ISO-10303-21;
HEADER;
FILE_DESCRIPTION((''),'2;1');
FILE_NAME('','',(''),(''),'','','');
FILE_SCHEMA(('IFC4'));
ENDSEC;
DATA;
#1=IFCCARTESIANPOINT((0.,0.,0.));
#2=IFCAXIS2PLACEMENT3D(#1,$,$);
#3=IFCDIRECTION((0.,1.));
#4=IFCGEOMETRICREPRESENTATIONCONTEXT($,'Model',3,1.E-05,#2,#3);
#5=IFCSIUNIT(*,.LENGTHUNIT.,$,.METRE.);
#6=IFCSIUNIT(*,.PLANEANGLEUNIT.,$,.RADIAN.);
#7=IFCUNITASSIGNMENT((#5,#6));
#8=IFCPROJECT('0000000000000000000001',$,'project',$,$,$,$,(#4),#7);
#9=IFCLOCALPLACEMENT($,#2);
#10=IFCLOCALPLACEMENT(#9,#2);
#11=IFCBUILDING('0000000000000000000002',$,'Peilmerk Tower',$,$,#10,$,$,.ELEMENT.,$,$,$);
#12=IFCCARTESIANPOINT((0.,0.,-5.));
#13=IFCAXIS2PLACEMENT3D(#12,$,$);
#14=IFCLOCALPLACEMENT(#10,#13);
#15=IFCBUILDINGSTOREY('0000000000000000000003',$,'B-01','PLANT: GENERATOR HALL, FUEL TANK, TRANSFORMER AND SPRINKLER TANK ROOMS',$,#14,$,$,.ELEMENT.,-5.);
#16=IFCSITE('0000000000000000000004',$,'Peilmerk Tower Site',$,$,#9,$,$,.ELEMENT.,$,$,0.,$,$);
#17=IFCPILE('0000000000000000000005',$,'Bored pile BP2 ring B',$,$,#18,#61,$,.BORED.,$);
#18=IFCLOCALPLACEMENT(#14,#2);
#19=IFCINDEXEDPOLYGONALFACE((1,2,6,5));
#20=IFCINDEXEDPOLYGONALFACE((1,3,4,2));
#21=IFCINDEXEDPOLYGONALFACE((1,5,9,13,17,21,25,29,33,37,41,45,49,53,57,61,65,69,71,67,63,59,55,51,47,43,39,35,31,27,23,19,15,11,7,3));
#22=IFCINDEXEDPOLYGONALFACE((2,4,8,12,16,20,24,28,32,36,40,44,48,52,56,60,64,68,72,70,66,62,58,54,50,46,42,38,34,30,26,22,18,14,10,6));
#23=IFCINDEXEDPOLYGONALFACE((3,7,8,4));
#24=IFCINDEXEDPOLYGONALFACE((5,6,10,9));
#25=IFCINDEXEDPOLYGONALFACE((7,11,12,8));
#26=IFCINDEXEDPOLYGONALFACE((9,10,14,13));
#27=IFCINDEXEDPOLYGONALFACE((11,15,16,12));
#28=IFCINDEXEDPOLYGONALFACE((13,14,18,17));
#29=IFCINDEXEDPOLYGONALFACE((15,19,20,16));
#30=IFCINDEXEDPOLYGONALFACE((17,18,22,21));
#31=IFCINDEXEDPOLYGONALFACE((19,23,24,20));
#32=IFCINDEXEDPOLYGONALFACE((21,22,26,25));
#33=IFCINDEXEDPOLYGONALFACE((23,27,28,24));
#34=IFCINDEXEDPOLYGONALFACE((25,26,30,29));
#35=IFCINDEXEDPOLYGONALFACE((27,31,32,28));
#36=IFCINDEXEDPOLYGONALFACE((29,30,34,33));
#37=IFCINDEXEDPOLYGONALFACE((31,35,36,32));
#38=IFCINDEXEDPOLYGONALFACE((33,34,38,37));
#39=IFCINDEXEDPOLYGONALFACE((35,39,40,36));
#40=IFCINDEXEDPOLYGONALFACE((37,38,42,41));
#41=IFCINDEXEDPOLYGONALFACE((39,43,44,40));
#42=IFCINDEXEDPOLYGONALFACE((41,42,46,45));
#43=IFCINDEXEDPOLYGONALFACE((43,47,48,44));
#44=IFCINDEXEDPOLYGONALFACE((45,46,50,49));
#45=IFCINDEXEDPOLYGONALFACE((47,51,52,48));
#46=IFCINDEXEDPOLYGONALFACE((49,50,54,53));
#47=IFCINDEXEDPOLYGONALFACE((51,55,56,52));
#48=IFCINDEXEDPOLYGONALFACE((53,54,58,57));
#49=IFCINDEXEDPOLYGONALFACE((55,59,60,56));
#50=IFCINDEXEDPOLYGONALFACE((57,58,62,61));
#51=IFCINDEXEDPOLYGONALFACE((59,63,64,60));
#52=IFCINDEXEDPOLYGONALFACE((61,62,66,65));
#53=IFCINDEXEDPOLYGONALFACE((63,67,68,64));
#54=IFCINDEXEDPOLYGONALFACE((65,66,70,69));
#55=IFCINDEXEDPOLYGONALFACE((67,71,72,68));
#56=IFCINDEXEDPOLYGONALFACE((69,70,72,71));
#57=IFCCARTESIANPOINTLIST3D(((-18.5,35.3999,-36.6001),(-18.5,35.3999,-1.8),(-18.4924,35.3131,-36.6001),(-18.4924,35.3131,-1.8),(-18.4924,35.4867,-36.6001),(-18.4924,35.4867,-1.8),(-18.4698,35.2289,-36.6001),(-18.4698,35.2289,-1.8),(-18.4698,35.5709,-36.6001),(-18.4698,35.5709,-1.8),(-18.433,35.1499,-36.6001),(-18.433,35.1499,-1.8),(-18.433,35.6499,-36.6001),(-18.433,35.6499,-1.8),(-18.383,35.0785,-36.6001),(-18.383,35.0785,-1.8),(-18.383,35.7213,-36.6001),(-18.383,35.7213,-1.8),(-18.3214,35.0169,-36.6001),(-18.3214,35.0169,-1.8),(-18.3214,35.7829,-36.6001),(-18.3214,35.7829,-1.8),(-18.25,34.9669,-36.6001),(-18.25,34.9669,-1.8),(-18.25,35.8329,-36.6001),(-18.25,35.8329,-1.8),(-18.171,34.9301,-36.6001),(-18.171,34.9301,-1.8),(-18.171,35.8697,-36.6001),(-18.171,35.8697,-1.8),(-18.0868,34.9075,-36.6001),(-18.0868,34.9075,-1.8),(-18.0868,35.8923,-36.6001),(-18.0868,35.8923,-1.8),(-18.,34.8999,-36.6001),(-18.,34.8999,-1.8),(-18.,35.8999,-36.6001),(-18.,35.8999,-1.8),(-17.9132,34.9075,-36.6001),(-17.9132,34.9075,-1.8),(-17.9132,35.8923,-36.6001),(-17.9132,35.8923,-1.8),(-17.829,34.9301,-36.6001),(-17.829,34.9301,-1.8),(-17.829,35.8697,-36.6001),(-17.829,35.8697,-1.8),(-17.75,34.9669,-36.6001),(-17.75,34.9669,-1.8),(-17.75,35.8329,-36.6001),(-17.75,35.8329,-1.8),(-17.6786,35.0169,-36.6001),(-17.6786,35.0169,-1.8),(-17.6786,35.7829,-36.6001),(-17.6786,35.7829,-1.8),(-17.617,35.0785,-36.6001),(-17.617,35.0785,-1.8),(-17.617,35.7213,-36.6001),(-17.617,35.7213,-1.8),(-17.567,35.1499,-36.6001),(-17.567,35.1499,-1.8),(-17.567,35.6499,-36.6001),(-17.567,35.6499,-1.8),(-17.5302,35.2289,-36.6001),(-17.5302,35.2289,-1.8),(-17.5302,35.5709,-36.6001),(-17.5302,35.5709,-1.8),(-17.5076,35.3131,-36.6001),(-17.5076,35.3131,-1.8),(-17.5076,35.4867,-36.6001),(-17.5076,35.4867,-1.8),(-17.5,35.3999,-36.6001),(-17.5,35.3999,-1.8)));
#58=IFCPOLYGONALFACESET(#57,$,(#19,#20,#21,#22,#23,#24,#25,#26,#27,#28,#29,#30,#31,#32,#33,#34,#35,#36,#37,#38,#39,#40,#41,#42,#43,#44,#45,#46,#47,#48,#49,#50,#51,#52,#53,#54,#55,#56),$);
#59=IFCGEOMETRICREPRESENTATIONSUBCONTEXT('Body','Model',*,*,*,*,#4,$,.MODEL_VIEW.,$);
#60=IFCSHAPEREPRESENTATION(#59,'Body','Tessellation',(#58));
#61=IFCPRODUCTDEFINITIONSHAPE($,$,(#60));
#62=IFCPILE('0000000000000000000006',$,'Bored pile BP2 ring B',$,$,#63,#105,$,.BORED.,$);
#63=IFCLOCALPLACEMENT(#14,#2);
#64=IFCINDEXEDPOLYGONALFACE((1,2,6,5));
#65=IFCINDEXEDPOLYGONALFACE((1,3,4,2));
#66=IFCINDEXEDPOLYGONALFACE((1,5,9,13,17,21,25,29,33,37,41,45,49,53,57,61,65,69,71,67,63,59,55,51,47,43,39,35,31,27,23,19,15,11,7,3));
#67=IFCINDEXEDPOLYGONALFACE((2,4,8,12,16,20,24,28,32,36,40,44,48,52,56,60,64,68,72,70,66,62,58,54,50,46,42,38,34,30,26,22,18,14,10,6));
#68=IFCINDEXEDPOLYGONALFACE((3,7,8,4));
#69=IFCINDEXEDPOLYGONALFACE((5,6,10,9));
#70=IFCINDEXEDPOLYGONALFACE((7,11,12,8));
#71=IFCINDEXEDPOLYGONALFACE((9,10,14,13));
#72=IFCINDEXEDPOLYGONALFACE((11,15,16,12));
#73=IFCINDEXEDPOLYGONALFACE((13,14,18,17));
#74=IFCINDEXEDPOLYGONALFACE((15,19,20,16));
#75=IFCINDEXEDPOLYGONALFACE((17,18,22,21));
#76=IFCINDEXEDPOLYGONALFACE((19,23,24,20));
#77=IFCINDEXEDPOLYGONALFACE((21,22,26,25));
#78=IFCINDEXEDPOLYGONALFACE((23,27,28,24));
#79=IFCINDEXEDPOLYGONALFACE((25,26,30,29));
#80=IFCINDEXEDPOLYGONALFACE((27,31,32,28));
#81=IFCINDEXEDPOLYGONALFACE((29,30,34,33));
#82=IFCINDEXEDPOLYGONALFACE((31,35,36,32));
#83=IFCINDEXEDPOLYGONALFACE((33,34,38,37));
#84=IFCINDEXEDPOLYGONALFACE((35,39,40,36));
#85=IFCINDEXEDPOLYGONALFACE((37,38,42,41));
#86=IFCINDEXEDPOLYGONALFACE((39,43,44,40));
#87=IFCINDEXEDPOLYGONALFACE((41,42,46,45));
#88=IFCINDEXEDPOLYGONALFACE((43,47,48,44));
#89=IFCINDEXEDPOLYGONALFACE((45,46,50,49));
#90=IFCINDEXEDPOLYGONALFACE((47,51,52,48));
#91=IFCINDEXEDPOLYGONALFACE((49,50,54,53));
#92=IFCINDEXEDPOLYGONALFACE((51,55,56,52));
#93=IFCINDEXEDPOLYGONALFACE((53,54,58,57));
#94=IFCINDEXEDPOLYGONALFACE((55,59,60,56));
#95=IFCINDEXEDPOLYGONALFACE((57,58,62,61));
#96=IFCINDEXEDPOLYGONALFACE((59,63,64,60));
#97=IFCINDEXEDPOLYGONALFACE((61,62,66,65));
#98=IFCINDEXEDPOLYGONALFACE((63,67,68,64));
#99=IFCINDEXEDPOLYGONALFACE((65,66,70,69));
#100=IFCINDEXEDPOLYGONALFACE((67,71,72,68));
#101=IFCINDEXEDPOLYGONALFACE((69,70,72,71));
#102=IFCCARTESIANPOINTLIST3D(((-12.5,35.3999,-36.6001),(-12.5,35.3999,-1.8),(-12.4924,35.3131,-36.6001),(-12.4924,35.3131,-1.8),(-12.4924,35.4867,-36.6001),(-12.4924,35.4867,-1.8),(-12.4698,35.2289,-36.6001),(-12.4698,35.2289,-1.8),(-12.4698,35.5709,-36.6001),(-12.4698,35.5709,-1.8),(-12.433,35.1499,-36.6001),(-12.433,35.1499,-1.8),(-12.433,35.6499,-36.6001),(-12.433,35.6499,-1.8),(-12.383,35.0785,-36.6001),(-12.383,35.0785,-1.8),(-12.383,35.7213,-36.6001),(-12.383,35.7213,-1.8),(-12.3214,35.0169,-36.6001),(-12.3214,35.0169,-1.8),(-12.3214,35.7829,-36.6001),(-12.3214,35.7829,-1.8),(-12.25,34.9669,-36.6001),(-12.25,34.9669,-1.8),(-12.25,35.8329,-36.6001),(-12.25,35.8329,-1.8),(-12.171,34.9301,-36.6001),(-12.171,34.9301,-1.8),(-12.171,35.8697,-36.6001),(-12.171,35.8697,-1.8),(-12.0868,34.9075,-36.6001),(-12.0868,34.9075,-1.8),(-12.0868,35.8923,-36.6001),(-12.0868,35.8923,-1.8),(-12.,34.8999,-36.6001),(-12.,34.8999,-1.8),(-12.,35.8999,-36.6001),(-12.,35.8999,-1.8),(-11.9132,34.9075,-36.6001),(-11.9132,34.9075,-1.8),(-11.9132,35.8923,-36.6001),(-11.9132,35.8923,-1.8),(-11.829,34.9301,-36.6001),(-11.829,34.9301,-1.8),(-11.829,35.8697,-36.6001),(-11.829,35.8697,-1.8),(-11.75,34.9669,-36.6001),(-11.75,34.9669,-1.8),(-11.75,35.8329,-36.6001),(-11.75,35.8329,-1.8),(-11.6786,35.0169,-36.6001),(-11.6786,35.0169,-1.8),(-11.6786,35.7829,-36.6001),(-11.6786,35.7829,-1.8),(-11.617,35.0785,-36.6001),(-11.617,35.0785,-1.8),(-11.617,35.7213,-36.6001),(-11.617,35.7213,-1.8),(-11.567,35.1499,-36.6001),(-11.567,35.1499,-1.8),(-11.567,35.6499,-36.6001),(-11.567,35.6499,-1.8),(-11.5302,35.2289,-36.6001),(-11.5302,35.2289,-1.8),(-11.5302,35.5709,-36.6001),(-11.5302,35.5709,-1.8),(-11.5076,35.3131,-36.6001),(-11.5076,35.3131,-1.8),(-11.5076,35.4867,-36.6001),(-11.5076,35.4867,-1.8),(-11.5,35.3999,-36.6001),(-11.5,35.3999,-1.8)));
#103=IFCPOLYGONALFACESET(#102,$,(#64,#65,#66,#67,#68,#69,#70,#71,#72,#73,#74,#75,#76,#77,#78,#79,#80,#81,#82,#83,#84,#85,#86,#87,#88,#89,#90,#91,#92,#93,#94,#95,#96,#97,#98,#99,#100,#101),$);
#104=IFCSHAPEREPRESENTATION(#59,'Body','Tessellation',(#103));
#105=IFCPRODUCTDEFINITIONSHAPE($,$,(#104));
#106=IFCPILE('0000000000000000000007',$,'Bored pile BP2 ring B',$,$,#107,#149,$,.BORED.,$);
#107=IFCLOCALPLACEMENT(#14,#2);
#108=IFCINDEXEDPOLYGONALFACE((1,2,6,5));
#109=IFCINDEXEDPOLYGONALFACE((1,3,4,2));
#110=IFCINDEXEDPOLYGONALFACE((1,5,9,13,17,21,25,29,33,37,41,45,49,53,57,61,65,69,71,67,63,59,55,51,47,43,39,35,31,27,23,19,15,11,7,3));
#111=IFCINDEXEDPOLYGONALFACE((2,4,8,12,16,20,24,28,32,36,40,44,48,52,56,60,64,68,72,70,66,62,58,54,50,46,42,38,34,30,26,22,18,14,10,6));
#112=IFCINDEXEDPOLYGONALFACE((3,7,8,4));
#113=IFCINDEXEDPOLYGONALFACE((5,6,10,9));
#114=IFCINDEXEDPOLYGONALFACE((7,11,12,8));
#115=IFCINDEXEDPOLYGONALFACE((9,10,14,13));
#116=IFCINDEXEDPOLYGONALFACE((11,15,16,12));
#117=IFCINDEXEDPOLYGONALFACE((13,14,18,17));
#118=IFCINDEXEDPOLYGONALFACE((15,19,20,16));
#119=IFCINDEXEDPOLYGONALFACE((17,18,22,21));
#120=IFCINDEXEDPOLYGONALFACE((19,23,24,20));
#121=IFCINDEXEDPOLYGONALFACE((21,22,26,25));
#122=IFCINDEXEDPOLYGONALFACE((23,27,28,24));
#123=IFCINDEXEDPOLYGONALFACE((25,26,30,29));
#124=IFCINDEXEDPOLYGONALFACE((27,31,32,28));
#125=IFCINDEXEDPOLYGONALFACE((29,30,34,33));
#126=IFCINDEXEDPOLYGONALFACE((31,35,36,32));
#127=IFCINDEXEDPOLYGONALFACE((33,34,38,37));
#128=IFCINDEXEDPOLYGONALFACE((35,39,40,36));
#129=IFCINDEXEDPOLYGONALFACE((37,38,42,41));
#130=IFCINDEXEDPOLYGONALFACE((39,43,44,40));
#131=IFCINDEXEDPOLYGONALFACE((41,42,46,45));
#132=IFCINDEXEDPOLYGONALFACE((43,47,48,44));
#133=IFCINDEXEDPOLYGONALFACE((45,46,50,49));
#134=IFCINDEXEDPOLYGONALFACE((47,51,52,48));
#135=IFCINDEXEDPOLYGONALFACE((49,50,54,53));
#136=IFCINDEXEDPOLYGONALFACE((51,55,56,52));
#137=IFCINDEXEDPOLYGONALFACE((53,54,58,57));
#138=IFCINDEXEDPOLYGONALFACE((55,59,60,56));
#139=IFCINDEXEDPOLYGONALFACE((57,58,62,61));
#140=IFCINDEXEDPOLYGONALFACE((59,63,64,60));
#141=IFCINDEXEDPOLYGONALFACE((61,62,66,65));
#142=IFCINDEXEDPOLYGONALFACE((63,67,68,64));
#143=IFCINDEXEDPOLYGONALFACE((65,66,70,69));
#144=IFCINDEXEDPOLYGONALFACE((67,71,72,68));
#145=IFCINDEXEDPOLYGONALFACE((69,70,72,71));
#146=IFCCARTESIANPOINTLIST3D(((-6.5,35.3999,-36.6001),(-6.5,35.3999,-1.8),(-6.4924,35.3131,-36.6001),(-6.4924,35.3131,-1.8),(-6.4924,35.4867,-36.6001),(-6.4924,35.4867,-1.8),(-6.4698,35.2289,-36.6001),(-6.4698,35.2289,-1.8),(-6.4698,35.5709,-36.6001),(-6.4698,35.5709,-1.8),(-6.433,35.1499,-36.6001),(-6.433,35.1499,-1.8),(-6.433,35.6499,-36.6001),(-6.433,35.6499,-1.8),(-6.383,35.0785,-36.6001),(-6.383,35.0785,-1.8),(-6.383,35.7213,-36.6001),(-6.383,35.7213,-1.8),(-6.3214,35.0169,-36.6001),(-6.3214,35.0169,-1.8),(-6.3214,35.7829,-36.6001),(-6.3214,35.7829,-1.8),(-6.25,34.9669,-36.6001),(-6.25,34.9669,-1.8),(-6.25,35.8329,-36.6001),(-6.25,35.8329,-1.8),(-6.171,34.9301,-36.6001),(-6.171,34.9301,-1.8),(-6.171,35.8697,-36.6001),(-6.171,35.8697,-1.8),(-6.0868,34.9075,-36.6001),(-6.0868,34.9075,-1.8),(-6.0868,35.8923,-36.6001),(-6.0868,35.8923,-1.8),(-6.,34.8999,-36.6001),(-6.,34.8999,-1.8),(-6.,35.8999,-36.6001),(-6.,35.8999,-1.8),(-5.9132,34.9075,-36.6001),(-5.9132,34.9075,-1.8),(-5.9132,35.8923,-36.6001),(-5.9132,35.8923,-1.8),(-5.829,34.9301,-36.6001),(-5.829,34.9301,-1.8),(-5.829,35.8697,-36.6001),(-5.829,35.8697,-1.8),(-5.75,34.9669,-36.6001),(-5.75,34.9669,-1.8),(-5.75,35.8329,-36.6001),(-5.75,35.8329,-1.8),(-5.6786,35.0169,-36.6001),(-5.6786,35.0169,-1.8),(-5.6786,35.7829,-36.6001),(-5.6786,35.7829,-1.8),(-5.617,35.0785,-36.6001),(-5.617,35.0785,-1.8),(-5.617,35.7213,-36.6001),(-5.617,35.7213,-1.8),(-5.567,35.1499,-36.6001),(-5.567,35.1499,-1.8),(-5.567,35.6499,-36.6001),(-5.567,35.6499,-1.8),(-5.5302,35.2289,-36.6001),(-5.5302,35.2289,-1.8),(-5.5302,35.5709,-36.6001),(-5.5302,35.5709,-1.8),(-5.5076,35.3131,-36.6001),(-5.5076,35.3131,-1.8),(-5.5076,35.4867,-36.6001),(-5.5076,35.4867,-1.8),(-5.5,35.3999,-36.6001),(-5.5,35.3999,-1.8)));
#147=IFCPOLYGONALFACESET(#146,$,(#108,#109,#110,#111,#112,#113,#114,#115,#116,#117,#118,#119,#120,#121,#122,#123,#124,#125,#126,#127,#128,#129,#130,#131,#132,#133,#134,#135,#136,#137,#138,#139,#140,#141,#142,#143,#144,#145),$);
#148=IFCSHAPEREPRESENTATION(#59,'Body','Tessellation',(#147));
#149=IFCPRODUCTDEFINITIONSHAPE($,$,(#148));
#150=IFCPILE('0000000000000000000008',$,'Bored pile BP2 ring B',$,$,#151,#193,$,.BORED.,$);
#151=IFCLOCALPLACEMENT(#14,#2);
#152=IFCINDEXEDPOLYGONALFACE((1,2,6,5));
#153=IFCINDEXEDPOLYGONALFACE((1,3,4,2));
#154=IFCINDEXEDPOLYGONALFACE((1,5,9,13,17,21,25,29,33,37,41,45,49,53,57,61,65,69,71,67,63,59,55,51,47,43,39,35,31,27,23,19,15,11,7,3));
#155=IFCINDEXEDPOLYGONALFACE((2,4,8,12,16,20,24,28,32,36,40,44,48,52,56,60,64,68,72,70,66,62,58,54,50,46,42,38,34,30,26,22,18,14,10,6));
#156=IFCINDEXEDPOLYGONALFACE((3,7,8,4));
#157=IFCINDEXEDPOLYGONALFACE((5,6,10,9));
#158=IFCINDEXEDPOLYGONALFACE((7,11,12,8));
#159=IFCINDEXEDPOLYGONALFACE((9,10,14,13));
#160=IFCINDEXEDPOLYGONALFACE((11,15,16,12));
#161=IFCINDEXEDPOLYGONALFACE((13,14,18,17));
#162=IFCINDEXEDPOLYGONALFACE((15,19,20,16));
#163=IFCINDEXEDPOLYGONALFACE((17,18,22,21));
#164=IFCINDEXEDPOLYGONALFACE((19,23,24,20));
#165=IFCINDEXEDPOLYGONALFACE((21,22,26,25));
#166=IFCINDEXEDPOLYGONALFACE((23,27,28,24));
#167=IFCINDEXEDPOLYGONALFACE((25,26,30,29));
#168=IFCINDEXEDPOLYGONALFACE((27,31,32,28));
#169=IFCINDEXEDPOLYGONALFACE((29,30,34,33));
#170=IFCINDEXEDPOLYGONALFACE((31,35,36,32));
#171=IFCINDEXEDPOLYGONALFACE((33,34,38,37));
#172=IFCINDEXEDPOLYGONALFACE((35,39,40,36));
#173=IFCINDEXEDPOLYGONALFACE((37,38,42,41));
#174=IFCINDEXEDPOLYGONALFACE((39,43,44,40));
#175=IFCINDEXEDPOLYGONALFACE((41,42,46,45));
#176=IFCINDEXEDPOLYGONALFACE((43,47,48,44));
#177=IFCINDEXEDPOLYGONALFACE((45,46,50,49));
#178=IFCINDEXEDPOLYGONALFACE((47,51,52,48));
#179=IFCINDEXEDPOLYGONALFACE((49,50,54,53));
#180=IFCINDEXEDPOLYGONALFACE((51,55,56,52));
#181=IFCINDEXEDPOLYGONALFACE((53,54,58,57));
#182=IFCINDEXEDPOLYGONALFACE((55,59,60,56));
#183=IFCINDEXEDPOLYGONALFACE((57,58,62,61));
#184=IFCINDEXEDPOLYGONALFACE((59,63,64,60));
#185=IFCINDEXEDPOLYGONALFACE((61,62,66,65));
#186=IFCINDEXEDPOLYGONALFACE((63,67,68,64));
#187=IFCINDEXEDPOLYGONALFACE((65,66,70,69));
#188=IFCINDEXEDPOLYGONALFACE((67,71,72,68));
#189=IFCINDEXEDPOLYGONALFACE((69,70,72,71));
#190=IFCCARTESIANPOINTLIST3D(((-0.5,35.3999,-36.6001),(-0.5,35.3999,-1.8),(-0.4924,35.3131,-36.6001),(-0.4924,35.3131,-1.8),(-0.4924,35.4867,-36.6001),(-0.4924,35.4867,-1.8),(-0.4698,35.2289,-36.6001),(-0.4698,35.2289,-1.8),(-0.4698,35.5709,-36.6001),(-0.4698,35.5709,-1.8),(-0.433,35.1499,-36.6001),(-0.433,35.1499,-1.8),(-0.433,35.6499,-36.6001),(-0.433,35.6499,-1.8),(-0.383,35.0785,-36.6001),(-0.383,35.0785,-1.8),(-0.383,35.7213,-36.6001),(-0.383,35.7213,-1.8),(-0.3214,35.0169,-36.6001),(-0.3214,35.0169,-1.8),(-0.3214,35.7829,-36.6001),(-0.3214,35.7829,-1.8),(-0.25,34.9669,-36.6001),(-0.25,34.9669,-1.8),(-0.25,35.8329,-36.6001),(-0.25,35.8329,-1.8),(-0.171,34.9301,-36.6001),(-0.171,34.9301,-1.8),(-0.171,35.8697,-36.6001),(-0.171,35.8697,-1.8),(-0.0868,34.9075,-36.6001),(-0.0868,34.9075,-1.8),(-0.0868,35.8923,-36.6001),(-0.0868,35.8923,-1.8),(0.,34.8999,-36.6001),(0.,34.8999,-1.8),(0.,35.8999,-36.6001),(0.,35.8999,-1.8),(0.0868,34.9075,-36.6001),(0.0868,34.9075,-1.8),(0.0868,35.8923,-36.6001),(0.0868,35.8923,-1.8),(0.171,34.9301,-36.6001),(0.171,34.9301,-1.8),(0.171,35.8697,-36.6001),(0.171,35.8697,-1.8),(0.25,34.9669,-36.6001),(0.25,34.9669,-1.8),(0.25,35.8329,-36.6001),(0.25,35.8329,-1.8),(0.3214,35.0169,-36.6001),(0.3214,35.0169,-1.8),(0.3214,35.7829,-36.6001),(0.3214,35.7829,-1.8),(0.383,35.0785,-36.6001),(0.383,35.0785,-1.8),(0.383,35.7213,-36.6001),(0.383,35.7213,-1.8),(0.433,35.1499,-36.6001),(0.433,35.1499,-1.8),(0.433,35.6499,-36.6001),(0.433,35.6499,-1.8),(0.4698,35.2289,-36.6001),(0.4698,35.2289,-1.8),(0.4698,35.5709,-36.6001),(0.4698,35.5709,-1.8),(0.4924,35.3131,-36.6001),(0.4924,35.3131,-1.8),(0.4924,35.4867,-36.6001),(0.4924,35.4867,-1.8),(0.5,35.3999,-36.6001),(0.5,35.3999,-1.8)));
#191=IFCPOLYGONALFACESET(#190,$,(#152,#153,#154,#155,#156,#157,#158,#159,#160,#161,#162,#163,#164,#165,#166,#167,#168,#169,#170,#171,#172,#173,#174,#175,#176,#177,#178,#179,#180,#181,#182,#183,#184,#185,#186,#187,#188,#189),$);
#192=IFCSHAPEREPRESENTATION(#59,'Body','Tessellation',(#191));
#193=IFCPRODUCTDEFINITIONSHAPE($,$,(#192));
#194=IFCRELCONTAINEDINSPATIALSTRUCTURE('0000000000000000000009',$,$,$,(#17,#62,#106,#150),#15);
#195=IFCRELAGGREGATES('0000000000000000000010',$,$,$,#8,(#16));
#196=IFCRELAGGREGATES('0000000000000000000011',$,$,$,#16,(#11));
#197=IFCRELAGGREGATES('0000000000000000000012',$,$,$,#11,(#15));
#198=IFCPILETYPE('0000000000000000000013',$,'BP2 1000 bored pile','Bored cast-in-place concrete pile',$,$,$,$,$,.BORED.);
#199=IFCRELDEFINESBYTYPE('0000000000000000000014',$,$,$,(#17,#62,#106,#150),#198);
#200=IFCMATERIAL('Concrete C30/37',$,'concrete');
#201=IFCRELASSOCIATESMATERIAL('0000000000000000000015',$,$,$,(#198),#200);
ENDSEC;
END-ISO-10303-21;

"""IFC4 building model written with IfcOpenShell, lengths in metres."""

from ifc_helpers import new_model, si_unit, direction, frame, origin, origin_2d, place, context, subcontext, project, spatial, circle, extrude, material, material_profile, profile_set, type_object, element, save


model = new_model("IFC4")

# Units and contexts
model_context = context("Model", 3, precision=1e-05, world=origin(), true_north=direction((0.0, 1.0)))
body_context = subcontext(model_context, "Body", "Model", "MODEL_VIEW")
ifc_project = project(units=[si_unit("LENGTHUNIT", "METRE"), si_unit("PLANEANGLEUNIT", "RADIAN")], contexts=[model_context])

# Site, building, storey
site_placement = place(None, origin())
site = spatial("IfcSite", under=ifc_project, at=site_placement, Name="Peilmerk Tower Site", CompositionType="ELEMENT", RefElevation=0.0)
building_placement = place(site_placement, origin())
building = spatial("IfcBuilding", under=site, at=building_placement, Name="Peilmerk Tower", CompositionType="ELEMENT")
storey_placement = place(building_placement, frame((0.0, 0.0, -5.0)))
storey = spatial("IfcBuildingStorey", under=building, at=storey_placement, Name="B-01", Description="PLANT: GENERATOR HALL, FUEL TANK, TRANSFORMER AND SPRINKLER TANK ROOMS", CompositionType="ELEMENT", Elevation=-5.0)

# Piles
ifc_material_1 = material(Name="Concrete C30/37", Category="concrete")
ifc_material_profile_1 = material_profile(ifc_material_1, circle(Radius=0.5, at=origin_2d()), Name="BP 1000")
ifc_profile_set_1 = profile_set([ifc_material_profile_1], Name="Concrete C30/37")
pile_type = type_object("IfcPileType", Name="BP2 1000 bored pile", Description="Bored cast-in-place concrete pile", PredefinedType="BORED", material=ifc_profile_set_1)
for number, where, z_axis, x_axis, name in (
    (1, (-18.0, 35.3999, -1.8), (0.0, 0.0, -1.0), (1.0, 0.0, 0.0), "Bored pile BP2 ring B"),
    (2, (-12.0, 35.3999, -1.8), (0.0, 0.0, -1.0), (1.0, 0.0, 0.0), "Bored pile BP2 ring B"),
    (3, (-6.0, 35.3999, -1.8), (0.0, 0.0, -1.0), (1.0, 0.0, 0.0), "Bored pile BP2 ring B"),
    (4, (0.0, 35.3999, -1.8), (0.0, 0.0, -1.0), (1.0, 0.0, 0.0), "Bored pile BP2 ring B"),
):
    element("IfcPile", number, at=place(storey_placement, frame(where, z_axis=z_axis, x_axis=x_axis)), inside=storey, type_object=pile_type, Name=name, PredefinedType="BORED", context=body_context, shape_type="SweptSolid", body=[
        extrude(circle(Radius=0.5, at=origin_2d()), origin(), (0.0, 0.0, 1.0), 34.8),
    ])

save(model, "model.ifc")
